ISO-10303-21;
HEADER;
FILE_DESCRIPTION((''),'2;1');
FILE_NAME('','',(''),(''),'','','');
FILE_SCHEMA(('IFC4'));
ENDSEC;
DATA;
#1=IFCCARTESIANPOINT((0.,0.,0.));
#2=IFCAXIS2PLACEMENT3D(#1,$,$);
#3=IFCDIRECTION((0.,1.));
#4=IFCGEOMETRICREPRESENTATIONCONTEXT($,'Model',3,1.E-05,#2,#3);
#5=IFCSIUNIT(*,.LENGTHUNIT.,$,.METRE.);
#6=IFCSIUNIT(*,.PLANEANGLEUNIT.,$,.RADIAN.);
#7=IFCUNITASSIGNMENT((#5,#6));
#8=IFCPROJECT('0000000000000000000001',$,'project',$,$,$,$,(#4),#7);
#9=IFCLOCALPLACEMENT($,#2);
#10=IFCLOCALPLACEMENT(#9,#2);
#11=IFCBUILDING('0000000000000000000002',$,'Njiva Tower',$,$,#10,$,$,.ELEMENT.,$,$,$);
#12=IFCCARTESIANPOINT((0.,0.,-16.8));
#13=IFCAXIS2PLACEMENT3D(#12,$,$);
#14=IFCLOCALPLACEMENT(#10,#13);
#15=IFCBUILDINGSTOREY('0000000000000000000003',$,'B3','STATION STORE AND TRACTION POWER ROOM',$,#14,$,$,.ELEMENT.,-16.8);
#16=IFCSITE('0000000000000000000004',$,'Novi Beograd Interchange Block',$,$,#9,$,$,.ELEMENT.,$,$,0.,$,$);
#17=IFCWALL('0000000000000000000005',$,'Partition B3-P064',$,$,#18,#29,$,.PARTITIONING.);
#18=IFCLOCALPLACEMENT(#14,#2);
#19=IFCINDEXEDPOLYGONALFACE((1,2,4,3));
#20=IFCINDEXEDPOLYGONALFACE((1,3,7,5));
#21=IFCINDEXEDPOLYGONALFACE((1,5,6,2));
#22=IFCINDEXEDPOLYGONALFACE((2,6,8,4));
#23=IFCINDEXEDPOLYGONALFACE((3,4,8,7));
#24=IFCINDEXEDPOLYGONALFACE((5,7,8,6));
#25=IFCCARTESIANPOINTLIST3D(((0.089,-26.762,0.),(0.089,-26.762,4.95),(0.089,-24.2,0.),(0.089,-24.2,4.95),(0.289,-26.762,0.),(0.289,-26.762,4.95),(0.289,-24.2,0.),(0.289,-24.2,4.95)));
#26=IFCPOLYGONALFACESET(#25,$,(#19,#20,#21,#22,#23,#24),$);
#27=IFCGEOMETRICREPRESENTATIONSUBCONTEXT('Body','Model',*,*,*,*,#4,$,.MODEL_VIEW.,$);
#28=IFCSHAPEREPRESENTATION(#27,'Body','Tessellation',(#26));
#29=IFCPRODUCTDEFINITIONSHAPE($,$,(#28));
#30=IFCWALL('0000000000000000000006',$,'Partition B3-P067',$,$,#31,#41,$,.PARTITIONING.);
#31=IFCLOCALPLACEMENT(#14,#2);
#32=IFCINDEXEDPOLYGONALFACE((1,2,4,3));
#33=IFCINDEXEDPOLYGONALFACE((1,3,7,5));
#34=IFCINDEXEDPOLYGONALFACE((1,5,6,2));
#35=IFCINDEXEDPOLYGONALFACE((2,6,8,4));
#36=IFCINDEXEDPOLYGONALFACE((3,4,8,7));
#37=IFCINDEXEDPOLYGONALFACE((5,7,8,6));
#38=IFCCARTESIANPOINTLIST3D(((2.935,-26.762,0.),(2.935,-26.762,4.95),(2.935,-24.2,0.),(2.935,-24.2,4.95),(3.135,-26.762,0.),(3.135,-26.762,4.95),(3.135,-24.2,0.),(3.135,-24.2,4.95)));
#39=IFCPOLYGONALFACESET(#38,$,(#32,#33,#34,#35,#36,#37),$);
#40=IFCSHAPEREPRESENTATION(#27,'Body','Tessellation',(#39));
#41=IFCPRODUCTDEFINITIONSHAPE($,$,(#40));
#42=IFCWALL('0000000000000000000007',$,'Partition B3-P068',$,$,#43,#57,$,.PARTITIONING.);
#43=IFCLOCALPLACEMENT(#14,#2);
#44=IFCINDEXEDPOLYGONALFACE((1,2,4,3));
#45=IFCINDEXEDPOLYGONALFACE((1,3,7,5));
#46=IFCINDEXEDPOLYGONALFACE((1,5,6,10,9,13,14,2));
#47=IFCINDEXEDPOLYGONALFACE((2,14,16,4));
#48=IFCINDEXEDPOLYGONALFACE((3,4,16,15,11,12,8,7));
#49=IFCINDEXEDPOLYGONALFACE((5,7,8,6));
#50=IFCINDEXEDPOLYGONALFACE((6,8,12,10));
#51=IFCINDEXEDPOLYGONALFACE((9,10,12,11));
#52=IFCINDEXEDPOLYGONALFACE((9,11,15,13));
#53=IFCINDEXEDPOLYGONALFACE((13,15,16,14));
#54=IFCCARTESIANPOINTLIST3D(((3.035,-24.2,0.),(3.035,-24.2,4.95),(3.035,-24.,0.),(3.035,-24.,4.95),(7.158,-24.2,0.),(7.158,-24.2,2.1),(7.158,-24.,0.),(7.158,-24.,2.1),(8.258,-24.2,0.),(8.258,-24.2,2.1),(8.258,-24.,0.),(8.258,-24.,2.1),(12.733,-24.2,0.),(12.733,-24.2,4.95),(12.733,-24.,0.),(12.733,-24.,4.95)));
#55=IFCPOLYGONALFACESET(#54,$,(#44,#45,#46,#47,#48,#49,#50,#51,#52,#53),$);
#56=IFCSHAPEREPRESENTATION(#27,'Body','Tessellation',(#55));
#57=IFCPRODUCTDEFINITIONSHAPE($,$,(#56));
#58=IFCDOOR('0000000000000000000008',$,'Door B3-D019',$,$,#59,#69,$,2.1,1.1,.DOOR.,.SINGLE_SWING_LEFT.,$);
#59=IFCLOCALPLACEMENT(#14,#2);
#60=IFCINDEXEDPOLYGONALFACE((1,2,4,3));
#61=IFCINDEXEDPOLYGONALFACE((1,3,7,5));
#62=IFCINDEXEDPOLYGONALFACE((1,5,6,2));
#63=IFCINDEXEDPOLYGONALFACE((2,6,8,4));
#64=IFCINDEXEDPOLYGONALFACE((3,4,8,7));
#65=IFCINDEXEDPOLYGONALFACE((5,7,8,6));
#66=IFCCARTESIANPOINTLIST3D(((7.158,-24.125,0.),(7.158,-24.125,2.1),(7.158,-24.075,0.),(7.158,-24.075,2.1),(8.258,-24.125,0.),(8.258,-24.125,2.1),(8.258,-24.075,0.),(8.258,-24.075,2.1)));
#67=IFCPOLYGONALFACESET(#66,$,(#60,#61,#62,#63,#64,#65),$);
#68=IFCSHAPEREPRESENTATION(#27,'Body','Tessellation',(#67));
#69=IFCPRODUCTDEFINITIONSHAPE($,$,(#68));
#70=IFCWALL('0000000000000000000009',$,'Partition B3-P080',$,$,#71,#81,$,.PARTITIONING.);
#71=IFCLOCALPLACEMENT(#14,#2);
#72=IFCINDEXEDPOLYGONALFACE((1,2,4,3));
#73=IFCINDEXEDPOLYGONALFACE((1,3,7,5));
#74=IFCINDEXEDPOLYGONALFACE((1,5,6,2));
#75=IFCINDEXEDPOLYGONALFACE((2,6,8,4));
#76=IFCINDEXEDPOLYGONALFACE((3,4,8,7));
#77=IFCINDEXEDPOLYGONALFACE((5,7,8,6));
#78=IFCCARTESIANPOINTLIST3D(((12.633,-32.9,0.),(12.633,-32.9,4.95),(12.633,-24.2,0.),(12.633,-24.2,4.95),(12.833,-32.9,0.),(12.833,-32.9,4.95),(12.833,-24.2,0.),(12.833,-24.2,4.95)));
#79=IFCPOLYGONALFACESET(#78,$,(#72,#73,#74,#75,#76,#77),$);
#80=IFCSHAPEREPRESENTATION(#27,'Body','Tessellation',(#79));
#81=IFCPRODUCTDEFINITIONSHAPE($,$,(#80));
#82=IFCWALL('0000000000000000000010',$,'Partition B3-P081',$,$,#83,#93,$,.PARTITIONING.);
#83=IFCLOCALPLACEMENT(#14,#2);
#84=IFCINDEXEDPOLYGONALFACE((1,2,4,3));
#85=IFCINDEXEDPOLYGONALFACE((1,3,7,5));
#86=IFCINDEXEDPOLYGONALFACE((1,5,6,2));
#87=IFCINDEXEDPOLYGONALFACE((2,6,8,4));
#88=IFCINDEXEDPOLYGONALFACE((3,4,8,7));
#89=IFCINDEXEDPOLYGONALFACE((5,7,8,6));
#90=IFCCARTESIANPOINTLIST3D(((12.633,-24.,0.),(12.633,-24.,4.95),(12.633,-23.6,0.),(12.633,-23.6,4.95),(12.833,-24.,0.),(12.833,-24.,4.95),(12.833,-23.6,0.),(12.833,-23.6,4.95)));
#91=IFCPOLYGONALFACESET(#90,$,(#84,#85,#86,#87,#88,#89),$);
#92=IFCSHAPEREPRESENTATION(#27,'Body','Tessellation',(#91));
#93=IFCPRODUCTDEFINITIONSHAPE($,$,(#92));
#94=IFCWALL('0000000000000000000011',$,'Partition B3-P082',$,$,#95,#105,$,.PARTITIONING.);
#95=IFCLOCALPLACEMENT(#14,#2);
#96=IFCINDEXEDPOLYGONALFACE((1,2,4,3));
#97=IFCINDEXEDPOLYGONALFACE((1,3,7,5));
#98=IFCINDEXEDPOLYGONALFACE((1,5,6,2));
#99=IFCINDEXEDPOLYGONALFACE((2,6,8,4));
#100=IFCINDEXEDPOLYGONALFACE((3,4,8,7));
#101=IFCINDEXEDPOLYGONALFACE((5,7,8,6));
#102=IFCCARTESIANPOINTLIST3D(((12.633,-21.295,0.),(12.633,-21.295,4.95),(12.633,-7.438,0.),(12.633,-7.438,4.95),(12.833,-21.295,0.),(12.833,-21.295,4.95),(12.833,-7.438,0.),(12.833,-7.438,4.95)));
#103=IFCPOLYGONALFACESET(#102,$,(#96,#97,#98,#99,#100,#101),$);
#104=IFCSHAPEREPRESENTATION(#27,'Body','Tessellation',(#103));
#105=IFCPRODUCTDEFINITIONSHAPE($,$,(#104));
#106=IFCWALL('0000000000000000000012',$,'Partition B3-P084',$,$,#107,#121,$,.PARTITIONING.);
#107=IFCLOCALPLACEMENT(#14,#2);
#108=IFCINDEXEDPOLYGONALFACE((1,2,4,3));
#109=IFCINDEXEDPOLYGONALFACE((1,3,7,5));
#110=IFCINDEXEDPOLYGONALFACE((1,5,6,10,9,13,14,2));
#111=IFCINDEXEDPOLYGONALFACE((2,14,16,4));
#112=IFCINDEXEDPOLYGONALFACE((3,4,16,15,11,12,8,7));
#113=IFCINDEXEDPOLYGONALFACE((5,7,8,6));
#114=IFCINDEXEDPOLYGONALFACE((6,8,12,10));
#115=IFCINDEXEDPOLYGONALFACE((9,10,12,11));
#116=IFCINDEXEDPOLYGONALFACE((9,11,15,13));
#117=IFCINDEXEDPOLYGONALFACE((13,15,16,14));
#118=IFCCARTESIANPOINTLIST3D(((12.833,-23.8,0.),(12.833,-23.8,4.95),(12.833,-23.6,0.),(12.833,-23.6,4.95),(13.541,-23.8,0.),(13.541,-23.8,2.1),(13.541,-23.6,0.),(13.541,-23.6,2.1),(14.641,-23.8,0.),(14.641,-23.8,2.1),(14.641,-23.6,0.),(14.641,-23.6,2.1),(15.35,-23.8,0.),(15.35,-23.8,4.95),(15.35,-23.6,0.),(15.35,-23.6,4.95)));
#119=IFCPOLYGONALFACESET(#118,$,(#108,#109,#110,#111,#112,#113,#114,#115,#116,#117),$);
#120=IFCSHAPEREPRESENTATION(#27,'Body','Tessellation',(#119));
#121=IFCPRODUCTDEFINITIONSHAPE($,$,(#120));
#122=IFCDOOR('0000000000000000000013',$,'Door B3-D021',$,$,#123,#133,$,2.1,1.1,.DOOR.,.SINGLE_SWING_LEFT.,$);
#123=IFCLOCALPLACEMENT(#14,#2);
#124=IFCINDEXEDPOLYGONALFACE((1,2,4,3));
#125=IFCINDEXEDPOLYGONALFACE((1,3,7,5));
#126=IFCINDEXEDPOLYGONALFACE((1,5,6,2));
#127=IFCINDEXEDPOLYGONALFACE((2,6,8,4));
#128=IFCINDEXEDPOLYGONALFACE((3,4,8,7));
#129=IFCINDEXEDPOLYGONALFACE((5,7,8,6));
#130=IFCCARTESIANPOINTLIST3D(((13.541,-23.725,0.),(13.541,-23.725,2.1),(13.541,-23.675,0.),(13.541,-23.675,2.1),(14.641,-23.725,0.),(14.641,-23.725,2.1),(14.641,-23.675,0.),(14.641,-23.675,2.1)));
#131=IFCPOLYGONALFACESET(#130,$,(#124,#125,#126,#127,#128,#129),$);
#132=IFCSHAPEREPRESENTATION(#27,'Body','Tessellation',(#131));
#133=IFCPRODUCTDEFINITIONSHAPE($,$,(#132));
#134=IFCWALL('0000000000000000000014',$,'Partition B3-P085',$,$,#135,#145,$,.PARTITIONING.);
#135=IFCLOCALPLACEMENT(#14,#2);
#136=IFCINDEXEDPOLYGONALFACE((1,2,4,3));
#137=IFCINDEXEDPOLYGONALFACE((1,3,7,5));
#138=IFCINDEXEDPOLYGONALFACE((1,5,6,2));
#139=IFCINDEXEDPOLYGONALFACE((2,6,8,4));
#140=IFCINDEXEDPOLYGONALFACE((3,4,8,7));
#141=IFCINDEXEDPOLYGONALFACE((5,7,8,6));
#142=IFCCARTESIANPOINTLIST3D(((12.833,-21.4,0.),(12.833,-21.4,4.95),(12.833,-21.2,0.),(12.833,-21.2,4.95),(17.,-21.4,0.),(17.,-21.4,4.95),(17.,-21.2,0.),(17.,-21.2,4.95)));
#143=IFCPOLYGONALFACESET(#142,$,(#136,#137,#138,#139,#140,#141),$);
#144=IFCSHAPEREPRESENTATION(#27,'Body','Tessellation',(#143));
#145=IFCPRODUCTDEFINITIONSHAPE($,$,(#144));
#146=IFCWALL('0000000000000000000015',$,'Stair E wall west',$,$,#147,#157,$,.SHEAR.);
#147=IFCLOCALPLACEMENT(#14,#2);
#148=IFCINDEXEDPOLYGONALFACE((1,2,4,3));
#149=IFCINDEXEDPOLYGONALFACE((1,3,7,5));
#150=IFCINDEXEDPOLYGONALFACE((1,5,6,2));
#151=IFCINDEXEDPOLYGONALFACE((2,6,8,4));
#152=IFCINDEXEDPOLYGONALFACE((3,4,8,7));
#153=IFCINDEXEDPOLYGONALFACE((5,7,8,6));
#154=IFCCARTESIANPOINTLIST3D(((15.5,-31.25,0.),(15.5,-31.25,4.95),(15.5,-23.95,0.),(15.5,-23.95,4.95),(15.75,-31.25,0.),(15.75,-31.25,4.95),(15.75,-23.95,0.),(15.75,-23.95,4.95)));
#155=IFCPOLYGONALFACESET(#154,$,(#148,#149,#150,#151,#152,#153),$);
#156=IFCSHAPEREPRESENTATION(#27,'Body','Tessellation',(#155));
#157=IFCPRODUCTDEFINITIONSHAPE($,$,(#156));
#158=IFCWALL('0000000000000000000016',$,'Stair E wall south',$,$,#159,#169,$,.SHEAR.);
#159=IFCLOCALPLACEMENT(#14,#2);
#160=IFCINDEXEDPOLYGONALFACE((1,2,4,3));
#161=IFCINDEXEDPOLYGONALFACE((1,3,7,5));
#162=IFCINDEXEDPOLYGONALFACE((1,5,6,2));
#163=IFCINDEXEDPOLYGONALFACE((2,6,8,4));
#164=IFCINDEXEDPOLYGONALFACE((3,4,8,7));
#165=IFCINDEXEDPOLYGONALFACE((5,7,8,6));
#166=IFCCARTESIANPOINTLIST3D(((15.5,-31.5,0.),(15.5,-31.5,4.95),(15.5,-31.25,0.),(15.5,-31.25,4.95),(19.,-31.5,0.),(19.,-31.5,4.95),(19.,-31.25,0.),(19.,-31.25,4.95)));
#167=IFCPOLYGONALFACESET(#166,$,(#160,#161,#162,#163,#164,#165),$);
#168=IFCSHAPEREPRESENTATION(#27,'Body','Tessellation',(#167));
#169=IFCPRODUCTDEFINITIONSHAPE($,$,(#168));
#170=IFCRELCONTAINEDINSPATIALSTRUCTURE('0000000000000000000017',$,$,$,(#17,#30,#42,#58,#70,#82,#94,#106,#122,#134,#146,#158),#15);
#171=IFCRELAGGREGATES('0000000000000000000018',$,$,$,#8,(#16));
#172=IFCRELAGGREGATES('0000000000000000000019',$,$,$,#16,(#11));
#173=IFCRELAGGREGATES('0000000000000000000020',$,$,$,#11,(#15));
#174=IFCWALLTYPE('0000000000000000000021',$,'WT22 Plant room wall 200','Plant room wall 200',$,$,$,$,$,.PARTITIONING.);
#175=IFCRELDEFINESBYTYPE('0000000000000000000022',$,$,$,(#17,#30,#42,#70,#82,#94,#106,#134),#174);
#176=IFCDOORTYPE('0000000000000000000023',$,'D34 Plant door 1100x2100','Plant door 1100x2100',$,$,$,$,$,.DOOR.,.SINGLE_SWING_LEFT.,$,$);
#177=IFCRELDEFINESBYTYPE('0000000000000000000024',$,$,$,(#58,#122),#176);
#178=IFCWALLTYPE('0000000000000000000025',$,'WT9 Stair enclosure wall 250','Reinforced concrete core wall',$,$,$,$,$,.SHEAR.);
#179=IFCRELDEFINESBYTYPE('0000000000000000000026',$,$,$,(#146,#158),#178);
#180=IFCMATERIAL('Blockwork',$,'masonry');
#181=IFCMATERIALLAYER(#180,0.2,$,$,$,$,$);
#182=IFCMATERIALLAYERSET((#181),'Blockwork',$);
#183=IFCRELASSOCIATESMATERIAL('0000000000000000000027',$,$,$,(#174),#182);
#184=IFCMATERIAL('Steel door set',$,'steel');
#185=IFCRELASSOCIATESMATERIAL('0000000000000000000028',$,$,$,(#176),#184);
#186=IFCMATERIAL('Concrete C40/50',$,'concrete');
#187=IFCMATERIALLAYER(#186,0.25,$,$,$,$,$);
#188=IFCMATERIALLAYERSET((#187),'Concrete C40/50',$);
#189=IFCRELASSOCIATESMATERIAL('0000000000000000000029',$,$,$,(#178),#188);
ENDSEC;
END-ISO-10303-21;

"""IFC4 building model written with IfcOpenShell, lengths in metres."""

from ifc_helpers import new_model, si_unit, direction, frame, frame_2d, origin, place, context, subcontext, project, spatial, rectangle, extrude, material, layer, layer_set, type_object, element, fill, save


model = new_model("IFC4")

# Units and contexts
model_context = context("Model", 3, precision=1e-05, world=origin(), true_north=direction((0.0, 1.0)))
body_context = subcontext(model_context, "Body", "Model", "MODEL_VIEW")
ifc_project = project(units=[si_unit("LENGTHUNIT", "METRE"), si_unit("PLANEANGLEUNIT", "RADIAN")], contexts=[model_context])

# Site, building, storey
site_placement = place(None, origin())
site = spatial("IfcSite", under=ifc_project, at=site_placement, Name="Novi Beograd Interchange Block", CompositionType="ELEMENT", RefElevation=0.0)
building_placement = place(site_placement, origin())
building = spatial("IfcBuilding", under=site, at=building_placement, Name="Njiva Tower", CompositionType="ELEMENT")
storey_placement = place(building_placement, frame((0.0, 0.0, -16.8)))
storey = spatial("IfcBuildingStorey", under=building, at=storey_placement, Name="B3", Description="STATION STORE AND TRACTION POWER ROOM", CompositionType="ELEMENT", Elevation=-16.8)

# Walls
ifc_material_1 = material(Name="Blockwork", Category="masonry")
ifc_layer_1 = layer(ifc_material_1, 0.2)
ifc_layer_set_1 = layer_set([ifc_layer_1], Name="Blockwork")
wall_type_1 = type_object("IfcWallType", Name="WT22 Plant room wall 200", Description="Plant room wall 200", PredefinedType="PARTITIONING", material=ifc_layer_set_1)
for number, where, z_axis, x_axis, name in (
    (1, (0.189, -26.762, 0.0), (0.0, 0.0, 1.0), (0.0, 1.0, 0.0), "Partition B3-P064"),
    (2, (3.035, -26.762, 0.0), (0.0, 0.0, 1.0), (0.0, 1.0, 0.0), "Partition B3-P067"),
):
    element("IfcWall", number, at=place(storey_placement, frame(where, z_axis=z_axis, x_axis=x_axis)), inside=storey, type_object=wall_type_1, Name=name, PredefinedType="PARTITIONING", context=body_context, shape_type="SweptSolid", body=[
        extrude(rectangle(XDim=2.562, YDim=0.2, at=frame_2d((1.281, 0.0))), origin(), (0.0, 0.0, 1.0), 4.95),
    ])

# Wall, opening, door
wall_1_placement = place(storey_placement, frame((3.035, -24.1, 0.0), z_axis=(0.0, 0.0, 1.0), x_axis=(1.0, 0.0, 0.0)))
wall_1 = element("IfcWall", 3, at=wall_1_placement, inside=storey, type_object=wall_type_1, Name="Partition B3-P068", PredefinedType="PARTITIONING", context=body_context, shape_type="SweptSolid", body=[
    extrude(rectangle(XDim=9.698, YDim=0.2, at=frame_2d((4.849, 0.0))), origin(), (0.0, 0.0, 1.0), 4.95),
])
opening_1_placement = place(wall_1_placement, frame((4.123, 0.0, 0.0)))
opening_1 = element("IfcOpeningElement", 4, at=opening_1_placement, cuts=wall_1, PredefinedType="OPENING", context=body_context, shape_type="SweptSolid", body=[
    extrude(rectangle(XDim=1.1, YDim=2.1, at=frame_2d((0.55, 1.05))), frame((0.0, 0.11, 0.0), z_axis=(0.0, -1.0, 0.0), x_axis=(1.0, 0.0, 0.0)), (0.0, 0.0, 1.0), 0.22),
])
ifc_material_2 = material(Name="Steel door set", Category="steel")
door_type_1 = type_object("IfcDoorType", Name="D34 Plant door 1100x2100", Description="Plant door 1100x2100", OperationType="SINGLE_SWING_LEFT", PredefinedType="DOOR", material=ifc_material_2)
door_1_placement = place(opening_1_placement, origin())
door_1 = element("IfcDoor", 5, at=door_1_placement, inside=storey, type_object=door_type_1, Name="Door B3-D019", OperationType="SINGLE_SWING_LEFT", OverallHeight=2.1, OverallWidth=1.1, PredefinedType="DOOR", context=body_context, shape_type="SweptSolid", body=[
    extrude(rectangle(XDim=1.1, YDim=2.1, at=frame_2d((0.55, 1.05))), frame((0.0, 0.025, 0.0), z_axis=(0.0, -1.0, 0.0), x_axis=(1.0, 0.0, 0.0)), (0.0, 0.0, 1.0), 0.05),
])
fill(opening_1, door_1)

# Walls
wall_2_placement = place(storey_placement, frame((12.733, -32.9, 0.0), z_axis=(0.0, 0.0, 1.0), x_axis=(0.0, 1.0, 0.0)))
element("IfcWall", 6, at=wall_2_placement, inside=storey, type_object=wall_type_1, Name="Partition B3-P080", PredefinedType="PARTITIONING", context=body_context, shape_type="SweptSolid", body=[
    extrude(rectangle(XDim=8.7, YDim=0.2, at=frame_2d((4.35, 0.0))), origin(), (0.0, 0.0, 1.0), 4.95),
])
wall_3_placement = place(storey_placement, frame((12.733, -24.0, 0.0), z_axis=(0.0, 0.0, 1.0), x_axis=(0.0, 1.0, 0.0)))
element("IfcWall", 7, at=wall_3_placement, inside=storey, type_object=wall_type_1, Name="Partition B3-P081", PredefinedType="PARTITIONING", context=body_context, shape_type="SweptSolid", body=[
    extrude(rectangle(XDim=0.4, YDim=0.2, at=frame_2d((0.2, 0.0))), origin(), (0.0, 0.0, 1.0), 4.95),
])
wall_4_placement = place(storey_placement, frame((12.733, -21.295, 0.0), z_axis=(0.0, 0.0, 1.0), x_axis=(0.0, 1.0, 0.0)))
element("IfcWall", 8, at=wall_4_placement, inside=storey, type_object=wall_type_1, Name="Partition B3-P082", PredefinedType="PARTITIONING", context=body_context, shape_type="SweptSolid", body=[
    extrude(rectangle(XDim=13.857, YDim=0.2, at=frame_2d((6.9285, 0.0))), origin(), (0.0, 0.0, 1.0), 4.95),
])

# Wall, opening, door
wall_5_placement = place(storey_placement, frame((12.833, -23.7, 0.0), z_axis=(0.0, 0.0, 1.0), x_axis=(1.0, 0.0, 0.0)))
wall_5 = element("IfcWall", 9, at=wall_5_placement, inside=storey, type_object=wall_type_1, Name="Partition B3-P084", PredefinedType="PARTITIONING", context=body_context, shape_type="SweptSolid", body=[
    extrude(rectangle(XDim=2.517, YDim=0.2, at=frame_2d((1.2585, 0.0))), origin(), (0.0, 0.0, 1.0), 4.95),
])
opening_2_placement = place(wall_5_placement, frame((0.708, 0.0, 0.0)))
opening_2 = element("IfcOpeningElement", 10, at=opening_2_placement, cuts=wall_5, PredefinedType="OPENING", context=body_context, shape_type="SweptSolid", body=[
    extrude(rectangle(XDim=1.1, YDim=2.1, at=frame_2d((0.55, 1.05))), frame((0.0, 0.11, 0.0), z_axis=(0.0, -1.0, 0.0), x_axis=(1.0, 0.0, 0.0)), (0.0, 0.0, 1.0), 0.22),
])
door_2_placement = place(opening_2_placement, origin())
door_2 = element("IfcDoor", 11, at=door_2_placement, inside=storey, type_object=door_type_1, Name="Door B3-D021", OperationType="SINGLE_SWING_LEFT", OverallHeight=2.1, OverallWidth=1.1, PredefinedType="DOOR", context=body_context, shape_type="SweptSolid", body=[
    extrude(rectangle(XDim=1.1, YDim=2.1, at=frame_2d((0.55, 1.05))), frame((0.0, 0.025, 0.0), z_axis=(0.0, -1.0, 0.0), x_axis=(1.0, 0.0, 0.0)), (0.0, 0.0, 1.0), 0.05),
])
fill(opening_2, door_2)

# Walls
wall_6_placement = place(storey_placement, frame((12.833, -21.3, 0.0), z_axis=(0.0, 0.0, 1.0), x_axis=(1.0, 0.0, 0.0)))
element("IfcWall", 12, at=wall_6_placement, inside=storey, type_object=wall_type_1, Name="Partition B3-P085", PredefinedType="PARTITIONING", context=body_context, shape_type="SweptSolid", body=[
    extrude(rectangle(XDim=4.167, YDim=0.2, at=frame_2d((2.0835, 0.0))), origin(), (0.0, 0.0, 1.0), 4.95),
])
ifc_material_3 = material(Name="Concrete C40/50", Category="concrete")
ifc_layer_2 = layer(ifc_material_3, 0.25)
ifc_layer_set_2 = layer_set([ifc_layer_2], Name="Concrete C40/50")
wall_type_2 = type_object("IfcWallType", Name="WT9 Stair enclosure wall 250", Description="Reinforced concrete core wall", PredefinedType="SHEAR", material=ifc_layer_set_2)
wall_7_placement = place(storey_placement, frame((15.625, -31.25, 0.0), z_axis=(0.0, 0.0, 1.0), x_axis=(0.0, 1.0, 0.0)))
element("IfcWall", 13, at=wall_7_placement, inside=storey, type_object=wall_type_2, Name="Stair E wall west", PredefinedType="SHEAR", context=body_context, shape_type="SweptSolid", body=[
    extrude(rectangle(XDim=7.3, YDim=0.25, at=frame_2d((3.65, 0.0))), origin(), (0.0, 0.0, 1.0), 4.95),
])
wall_8_placement = place(storey_placement, frame((15.5, -31.375, 0.0), z_axis=(0.0, 0.0, 1.0), x_axis=(1.0, 0.0, 0.0)))
element("IfcWall", 14, at=wall_8_placement, inside=storey, type_object=wall_type_2, Name="Stair E wall south", PredefinedType="SHEAR", context=body_context, shape_type="SweptSolid", body=[
    extrude(rectangle(XDim=3.5, YDim=0.25, at=frame_2d((1.75, 0.0))), origin(), (0.0, 0.0, 1.0), 4.95),
])

save(model, "model.ifc")
